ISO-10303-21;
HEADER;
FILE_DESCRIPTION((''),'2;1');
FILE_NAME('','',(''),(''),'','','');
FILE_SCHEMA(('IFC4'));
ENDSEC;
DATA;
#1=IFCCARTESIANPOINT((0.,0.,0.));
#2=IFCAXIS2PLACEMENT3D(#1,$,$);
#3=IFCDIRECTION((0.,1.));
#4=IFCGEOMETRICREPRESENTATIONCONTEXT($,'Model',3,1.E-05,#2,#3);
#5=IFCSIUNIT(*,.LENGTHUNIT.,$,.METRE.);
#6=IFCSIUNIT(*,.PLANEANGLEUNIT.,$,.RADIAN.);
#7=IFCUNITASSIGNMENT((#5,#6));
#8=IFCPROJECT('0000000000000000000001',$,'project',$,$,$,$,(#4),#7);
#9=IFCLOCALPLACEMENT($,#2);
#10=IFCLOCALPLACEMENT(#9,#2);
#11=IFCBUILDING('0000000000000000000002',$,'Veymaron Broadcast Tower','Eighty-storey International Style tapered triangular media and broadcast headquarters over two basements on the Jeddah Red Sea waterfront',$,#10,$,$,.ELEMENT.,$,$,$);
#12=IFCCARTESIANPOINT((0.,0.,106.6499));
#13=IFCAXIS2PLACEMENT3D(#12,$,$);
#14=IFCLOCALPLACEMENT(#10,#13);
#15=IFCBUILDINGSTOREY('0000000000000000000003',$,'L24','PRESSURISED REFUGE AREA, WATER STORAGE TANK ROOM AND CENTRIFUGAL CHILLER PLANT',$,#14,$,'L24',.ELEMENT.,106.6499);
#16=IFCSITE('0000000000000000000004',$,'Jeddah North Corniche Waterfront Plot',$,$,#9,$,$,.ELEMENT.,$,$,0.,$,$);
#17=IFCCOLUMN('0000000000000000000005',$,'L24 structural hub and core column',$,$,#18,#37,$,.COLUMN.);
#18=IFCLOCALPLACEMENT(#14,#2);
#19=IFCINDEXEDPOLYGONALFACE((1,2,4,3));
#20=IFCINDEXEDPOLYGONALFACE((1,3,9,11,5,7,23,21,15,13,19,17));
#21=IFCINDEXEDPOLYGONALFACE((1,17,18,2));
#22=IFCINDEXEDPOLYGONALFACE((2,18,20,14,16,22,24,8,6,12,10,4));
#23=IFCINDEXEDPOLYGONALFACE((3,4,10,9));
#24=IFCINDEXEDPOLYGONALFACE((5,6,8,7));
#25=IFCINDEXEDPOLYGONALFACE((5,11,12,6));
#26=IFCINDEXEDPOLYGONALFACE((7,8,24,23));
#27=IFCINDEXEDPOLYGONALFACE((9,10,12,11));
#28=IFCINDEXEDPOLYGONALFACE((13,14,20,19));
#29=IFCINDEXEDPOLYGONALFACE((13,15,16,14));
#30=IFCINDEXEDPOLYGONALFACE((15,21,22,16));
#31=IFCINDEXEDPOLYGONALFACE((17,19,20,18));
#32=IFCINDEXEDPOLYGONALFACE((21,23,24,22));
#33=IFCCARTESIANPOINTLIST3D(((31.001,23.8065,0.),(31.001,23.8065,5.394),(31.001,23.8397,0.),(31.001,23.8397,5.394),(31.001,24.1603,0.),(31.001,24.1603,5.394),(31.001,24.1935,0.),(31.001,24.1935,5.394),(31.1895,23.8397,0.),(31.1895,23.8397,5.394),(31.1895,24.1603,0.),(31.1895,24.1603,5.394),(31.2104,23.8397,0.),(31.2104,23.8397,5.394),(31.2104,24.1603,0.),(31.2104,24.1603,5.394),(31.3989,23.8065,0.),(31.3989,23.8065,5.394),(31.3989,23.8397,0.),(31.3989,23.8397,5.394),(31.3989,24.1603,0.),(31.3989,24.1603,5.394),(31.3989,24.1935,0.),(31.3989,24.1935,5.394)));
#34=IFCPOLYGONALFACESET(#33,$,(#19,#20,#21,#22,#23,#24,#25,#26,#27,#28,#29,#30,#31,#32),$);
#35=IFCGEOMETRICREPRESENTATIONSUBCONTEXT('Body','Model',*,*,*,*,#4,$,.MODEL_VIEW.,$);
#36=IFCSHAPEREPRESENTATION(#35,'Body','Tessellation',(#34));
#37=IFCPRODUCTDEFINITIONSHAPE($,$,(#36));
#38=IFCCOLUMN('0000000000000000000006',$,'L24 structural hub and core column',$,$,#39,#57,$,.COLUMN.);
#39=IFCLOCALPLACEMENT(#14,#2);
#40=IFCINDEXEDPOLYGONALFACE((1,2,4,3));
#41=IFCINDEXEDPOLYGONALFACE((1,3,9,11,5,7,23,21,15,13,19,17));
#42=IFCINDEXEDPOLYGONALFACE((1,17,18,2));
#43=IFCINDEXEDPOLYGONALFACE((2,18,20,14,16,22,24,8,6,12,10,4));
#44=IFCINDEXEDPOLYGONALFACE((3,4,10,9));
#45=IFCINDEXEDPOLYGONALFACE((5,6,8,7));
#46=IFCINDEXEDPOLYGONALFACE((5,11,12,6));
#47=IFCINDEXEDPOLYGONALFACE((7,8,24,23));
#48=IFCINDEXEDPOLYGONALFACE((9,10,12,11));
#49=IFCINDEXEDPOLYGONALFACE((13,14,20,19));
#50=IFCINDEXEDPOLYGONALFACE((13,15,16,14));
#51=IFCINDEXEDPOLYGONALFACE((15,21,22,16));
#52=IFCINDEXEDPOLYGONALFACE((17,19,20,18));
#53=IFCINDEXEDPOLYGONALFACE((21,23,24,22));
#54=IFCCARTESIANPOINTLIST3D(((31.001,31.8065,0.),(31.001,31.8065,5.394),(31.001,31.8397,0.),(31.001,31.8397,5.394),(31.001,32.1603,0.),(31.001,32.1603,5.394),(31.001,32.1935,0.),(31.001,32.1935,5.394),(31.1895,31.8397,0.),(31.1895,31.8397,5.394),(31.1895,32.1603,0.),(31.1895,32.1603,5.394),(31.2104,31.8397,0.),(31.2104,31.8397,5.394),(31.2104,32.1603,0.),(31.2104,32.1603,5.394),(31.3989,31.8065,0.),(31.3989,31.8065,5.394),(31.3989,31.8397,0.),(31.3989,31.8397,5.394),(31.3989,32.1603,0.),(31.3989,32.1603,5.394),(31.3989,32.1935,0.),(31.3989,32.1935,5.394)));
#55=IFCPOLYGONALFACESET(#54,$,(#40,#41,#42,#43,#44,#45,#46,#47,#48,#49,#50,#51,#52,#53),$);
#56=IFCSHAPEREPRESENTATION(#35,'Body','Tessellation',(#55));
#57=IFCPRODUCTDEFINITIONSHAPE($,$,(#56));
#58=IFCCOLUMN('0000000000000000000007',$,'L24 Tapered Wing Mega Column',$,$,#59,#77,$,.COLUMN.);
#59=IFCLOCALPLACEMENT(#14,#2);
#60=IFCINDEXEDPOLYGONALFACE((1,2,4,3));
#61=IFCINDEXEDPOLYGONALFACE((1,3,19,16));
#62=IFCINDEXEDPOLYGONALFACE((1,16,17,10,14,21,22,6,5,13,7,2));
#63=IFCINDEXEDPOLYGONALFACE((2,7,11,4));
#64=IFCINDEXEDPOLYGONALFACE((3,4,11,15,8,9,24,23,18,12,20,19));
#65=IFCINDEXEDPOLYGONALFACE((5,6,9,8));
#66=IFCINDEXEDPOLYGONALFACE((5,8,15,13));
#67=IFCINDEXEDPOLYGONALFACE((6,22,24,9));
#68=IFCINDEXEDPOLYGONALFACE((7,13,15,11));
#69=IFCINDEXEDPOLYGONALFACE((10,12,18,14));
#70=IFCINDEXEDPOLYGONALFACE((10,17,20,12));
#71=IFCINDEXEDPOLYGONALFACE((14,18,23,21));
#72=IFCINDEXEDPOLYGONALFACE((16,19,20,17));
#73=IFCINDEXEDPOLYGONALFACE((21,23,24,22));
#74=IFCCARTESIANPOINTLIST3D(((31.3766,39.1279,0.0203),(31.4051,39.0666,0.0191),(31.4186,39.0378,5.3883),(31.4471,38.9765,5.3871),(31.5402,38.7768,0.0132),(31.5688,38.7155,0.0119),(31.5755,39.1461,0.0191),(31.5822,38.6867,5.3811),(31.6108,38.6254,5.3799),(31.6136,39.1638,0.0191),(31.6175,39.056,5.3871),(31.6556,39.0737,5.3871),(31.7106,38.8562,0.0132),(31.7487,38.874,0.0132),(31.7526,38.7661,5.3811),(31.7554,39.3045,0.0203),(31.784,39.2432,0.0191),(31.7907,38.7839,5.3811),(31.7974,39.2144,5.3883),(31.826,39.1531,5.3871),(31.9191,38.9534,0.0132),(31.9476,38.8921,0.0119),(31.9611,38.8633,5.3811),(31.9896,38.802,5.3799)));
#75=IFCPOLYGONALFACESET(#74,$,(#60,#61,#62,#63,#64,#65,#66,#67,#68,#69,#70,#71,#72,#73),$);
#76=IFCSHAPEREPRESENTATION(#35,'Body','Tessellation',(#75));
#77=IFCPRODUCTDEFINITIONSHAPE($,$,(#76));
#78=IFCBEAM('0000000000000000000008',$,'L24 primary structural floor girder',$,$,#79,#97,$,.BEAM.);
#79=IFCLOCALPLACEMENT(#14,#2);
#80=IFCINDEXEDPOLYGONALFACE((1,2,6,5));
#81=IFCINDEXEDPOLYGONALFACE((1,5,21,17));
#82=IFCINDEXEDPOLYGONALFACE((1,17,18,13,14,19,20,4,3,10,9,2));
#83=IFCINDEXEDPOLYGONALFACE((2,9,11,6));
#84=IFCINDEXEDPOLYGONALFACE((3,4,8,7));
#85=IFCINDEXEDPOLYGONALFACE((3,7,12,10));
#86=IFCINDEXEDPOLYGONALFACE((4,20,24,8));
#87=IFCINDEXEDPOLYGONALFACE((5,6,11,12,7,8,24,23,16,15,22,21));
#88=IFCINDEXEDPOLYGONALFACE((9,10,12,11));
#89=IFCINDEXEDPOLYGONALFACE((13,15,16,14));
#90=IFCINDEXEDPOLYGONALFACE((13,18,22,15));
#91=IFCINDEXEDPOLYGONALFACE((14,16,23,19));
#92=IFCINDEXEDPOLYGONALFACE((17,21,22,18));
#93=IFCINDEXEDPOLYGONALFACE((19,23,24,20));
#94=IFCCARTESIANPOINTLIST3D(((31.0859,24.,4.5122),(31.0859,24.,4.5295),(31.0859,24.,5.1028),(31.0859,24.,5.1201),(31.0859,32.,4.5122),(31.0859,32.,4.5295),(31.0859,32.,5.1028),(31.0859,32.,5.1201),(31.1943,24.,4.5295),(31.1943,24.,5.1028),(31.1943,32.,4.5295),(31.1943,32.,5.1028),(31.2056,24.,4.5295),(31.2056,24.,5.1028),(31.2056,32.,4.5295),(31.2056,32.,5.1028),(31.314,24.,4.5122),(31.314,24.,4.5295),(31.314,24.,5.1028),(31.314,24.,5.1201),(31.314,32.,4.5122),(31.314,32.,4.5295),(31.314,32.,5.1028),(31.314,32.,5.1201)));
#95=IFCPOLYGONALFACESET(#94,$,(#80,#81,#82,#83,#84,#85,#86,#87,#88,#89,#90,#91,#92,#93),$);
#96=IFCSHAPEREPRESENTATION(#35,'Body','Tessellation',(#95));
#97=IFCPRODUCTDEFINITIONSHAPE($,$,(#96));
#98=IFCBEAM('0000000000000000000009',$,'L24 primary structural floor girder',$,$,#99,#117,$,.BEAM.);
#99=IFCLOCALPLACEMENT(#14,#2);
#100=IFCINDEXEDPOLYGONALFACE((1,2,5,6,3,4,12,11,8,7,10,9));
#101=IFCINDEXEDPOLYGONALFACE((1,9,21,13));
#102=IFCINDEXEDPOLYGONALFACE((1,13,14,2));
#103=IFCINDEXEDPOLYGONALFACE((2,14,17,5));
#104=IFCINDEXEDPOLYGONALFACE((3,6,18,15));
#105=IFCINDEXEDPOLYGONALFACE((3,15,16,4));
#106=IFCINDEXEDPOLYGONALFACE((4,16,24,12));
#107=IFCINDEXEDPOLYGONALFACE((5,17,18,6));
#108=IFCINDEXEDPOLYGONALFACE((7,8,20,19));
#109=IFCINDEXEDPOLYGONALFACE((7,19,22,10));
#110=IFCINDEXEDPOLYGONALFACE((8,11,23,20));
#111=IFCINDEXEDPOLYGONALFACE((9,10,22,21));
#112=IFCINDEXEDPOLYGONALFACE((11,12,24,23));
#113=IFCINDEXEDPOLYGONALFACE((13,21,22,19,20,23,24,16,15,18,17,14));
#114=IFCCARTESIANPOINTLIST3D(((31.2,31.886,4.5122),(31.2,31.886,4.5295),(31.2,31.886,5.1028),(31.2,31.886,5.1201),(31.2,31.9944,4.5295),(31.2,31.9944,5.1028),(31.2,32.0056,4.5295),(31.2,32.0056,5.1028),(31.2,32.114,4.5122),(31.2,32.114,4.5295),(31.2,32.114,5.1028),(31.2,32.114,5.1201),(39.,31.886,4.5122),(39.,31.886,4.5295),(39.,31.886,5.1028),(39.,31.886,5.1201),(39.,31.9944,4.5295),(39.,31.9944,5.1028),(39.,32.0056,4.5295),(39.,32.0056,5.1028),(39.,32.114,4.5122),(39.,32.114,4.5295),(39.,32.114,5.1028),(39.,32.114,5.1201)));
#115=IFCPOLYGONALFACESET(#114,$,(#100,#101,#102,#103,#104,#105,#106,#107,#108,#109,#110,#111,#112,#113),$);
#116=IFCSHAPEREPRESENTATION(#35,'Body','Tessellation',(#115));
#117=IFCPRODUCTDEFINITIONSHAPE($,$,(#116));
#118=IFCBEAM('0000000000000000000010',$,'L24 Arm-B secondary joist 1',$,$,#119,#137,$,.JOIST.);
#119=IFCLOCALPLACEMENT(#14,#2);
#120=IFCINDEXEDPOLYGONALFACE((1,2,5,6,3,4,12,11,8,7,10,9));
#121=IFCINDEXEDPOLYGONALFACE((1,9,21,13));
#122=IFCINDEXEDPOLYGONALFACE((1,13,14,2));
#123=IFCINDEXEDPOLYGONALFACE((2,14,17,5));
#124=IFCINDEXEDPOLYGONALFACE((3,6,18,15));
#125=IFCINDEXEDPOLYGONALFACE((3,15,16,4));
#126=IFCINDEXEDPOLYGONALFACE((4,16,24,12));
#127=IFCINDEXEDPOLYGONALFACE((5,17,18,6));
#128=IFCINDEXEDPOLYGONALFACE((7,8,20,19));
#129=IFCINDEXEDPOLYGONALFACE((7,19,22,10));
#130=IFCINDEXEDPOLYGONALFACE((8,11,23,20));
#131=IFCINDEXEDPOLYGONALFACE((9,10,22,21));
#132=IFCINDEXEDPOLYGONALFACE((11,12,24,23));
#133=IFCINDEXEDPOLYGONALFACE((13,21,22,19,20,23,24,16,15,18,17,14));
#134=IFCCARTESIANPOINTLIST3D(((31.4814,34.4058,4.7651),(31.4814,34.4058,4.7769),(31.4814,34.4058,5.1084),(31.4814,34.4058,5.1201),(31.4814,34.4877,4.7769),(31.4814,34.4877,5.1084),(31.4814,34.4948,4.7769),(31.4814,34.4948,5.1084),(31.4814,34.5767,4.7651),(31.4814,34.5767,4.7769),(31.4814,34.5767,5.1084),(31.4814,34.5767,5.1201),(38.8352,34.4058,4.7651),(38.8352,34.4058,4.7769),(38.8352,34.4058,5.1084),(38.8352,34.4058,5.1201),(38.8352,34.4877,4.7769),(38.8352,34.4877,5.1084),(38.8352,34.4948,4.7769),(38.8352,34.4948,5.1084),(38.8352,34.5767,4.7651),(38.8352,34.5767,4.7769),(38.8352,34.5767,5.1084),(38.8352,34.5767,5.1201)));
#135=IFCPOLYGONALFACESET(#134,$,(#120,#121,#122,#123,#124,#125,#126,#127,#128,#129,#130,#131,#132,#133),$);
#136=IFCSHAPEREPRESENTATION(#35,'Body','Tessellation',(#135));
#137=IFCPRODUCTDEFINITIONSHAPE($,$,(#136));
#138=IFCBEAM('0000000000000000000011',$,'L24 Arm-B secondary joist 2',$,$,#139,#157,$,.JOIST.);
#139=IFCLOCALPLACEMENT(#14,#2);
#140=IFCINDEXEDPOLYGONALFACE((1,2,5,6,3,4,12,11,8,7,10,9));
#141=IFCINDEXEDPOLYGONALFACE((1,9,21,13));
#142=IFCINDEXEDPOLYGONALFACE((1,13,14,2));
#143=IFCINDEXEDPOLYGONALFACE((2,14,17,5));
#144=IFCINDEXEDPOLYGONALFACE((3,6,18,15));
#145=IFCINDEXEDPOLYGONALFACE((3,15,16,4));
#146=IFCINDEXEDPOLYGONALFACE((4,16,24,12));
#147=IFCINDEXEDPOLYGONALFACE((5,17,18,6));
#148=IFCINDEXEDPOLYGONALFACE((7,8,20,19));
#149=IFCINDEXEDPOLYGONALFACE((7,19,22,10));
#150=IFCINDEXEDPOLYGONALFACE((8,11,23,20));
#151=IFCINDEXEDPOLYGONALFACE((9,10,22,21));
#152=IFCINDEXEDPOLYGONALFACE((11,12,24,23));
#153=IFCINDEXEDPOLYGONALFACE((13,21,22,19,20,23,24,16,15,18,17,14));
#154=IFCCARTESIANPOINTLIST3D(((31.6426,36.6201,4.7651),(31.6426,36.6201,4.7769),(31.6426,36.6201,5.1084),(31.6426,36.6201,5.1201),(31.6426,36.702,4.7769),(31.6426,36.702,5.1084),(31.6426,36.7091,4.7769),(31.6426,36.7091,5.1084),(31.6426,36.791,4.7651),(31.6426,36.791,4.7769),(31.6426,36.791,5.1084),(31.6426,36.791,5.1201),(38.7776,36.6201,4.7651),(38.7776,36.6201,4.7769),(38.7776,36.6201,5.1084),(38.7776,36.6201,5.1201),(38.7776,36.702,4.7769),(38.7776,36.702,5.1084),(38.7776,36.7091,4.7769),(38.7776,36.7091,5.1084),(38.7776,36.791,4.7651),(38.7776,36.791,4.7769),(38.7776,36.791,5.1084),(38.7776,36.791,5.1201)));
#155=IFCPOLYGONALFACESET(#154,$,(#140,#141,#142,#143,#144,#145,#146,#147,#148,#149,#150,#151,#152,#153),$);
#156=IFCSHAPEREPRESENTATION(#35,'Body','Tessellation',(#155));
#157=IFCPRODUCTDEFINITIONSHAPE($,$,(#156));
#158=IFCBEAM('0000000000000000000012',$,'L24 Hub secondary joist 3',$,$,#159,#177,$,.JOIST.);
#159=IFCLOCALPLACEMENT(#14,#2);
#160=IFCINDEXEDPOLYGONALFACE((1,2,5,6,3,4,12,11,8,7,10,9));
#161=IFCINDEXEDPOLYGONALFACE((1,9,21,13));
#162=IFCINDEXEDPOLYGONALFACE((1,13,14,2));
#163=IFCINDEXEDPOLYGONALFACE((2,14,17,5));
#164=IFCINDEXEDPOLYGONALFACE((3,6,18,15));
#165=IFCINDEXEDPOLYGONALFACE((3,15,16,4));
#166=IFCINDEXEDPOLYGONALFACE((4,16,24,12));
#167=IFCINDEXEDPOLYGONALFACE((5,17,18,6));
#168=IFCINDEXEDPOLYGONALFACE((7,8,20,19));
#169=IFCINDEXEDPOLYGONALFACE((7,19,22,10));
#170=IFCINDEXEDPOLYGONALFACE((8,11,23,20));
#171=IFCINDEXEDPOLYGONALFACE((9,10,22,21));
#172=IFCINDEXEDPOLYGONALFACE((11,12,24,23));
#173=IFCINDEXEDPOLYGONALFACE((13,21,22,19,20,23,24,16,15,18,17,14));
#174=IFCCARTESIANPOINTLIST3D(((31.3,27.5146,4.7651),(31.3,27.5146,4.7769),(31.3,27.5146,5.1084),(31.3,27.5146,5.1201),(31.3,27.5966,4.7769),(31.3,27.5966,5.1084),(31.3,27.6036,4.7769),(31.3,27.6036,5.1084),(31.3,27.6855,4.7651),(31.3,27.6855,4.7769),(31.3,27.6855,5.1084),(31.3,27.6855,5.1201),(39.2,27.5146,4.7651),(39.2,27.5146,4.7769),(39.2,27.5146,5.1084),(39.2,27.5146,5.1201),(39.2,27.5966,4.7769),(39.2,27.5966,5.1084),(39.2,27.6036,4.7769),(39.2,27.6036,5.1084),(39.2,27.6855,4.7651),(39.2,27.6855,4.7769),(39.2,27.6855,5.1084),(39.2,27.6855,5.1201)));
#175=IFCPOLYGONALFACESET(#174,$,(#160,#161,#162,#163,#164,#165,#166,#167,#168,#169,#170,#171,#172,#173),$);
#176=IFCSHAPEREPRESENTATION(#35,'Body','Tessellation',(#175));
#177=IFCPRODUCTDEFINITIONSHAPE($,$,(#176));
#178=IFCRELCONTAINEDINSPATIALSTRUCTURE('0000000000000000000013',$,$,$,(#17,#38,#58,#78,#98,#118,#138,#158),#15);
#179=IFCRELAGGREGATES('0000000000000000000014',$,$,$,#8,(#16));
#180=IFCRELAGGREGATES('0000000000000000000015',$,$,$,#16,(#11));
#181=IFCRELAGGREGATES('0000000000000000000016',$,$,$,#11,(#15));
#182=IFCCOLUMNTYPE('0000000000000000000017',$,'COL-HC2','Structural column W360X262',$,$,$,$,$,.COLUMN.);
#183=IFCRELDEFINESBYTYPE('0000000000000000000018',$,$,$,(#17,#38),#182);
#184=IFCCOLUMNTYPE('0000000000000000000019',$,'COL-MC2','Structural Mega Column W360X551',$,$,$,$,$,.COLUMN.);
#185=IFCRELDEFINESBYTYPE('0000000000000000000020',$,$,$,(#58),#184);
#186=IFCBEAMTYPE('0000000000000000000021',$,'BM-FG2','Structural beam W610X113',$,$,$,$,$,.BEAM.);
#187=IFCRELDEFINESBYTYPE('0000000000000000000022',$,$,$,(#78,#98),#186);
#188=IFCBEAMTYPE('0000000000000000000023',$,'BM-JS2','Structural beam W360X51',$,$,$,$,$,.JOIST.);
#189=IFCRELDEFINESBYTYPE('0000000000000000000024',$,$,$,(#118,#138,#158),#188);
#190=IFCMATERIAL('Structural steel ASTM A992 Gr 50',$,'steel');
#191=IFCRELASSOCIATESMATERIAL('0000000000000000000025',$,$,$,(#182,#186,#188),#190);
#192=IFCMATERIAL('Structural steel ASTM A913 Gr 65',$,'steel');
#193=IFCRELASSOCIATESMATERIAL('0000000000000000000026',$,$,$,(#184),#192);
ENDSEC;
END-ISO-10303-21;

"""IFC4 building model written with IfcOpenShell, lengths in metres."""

from ifc_helpers import new_model, si_unit, direction, frame, origin, origin_2d, place, context, subcontext, project, spatial, i_section, extrude, material, material_profile, profile_set, type_object, element, save


model = new_model("IFC4")

# Units and contexts
model_context = context("Model", 3, precision=1e-05, world=origin(), true_north=direction((0.0, 1.0)))
body_context = subcontext(model_context, "Body", "Model", "MODEL_VIEW")
ifc_project = project(units=[si_unit("LENGTHUNIT", "METRE"), si_unit("PLANEANGLEUNIT", "RADIAN")], contexts=[model_context])

# Site, building, storey
site_placement = place(None, origin())
site = spatial("IfcSite", under=ifc_project, at=site_placement, Name="Jeddah North Corniche Waterfront Plot", CompositionType="ELEMENT", RefElevation=0.0)
building_placement = place(site_placement, origin())
building = spatial("IfcBuilding", under=site, at=building_placement, Name="Veymaron Broadcast Tower", Description="Eighty-storey International Style tapered triangular media and broadcast headquarters over two basements on the Jeddah Red Sea waterfront", CompositionType="ELEMENT")
storey_placement = place(building_placement, frame((0.0, 0.0, 106.6499)))
storey = spatial("IfcBuildingStorey", under=building, at=storey_placement, Name="L24", Description="PRESSURISED REFUGE AREA, WATER STORAGE TANK ROOM AND CENTRIFUGAL CHILLER PLANT", LongName="L24", CompositionType="ELEMENT", Elevation=106.6499)

# Columns
ifc_material_1 = material(Name="Structural steel ASTM A992 Gr 50", Category="steel")
ifc_material_profile_1 = material_profile(ifc_material_1, i_section(OverallWidth=0.3979, OverallDepth=0.387, WebThickness=0.021, FlangeThickness=0.0332, at=origin_2d()), Name="W360X262")
ifc_profile_set_1 = profile_set([ifc_material_profile_1], Name="Structural steel ASTM A992 Gr 50")
column_type_1 = type_object("IfcColumnType", Name="COL-HC2", Description="Structural column W360X262", PredefinedType="COLUMN", material=ifc_profile_set_1)
for number, where, z_axis, x_axis, name in (
    (1, (31.2, 24.0, 0.0), (0.0, 0.0, 1.0), (1.0, 0.0, 0.0), "L24 structural hub and core column"),
    (2, (31.2, 32.0, 0.0), (0.0, 0.0, 1.0), (1.0, 0.0, 0.0), "L24 structural hub and core column"),
):
    element("IfcColumn", number, at=place(storey_placement, frame(where, z_axis=z_axis, x_axis=x_axis)), inside=storey, type_object=column_type_1, Name=name, PredefinedType="COLUMN", context=body_context, shape_type="SweptSolid", body=[
        extrude(i_section(OverallWidth=0.3979, OverallDepth=0.387, WebThickness=0.021, FlangeThickness=0.0332, at=origin_2d()), origin(), (0.0, 0.0, 1.0), 5.394),
    ])
ifc_material_2 = material(Name="Structural steel ASTM A913 Gr 65", Category="steel")
ifc_material_profile_2 = material_profile(ifc_material_2, i_section(OverallWidth=0.418, OverallDepth=0.4551, WebThickness=0.042, FlangeThickness=0.0676, at=origin_2d()), Name="W360X551")
ifc_profile_set_2 = profile_set([ifc_material_profile_2], Name="Structural steel ASTM A913 Gr 65")
column_type_2 = type_object("IfcColumnType", Name="COL-MC2", Description="Structural Mega Column W360X551", PredefinedType="COLUMN", material=ifc_profile_set_2)
column_placement = place(storey_placement, frame((31.6621, 39.01, 0.0161), z_axis=(0.007821, -0.01678, 0.999829), x_axis=(0.906371, 0.422482, 0.0)))
element("IfcColumn", 3, at=column_placement, inside=storey, type_object=column_type_2, Name="L24 Tapered Wing Mega Column", PredefinedType="COLUMN", context=body_context, shape_type="SweptSolid", body=[
    extrude(i_section(OverallWidth=0.418, OverallDepth=0.4551, WebThickness=0.042, FlangeThickness=0.0676, at=origin_2d()), origin(), (0.0, 0.0, 1.0), 5.3689),
])

# Beams
ifc_material_profile_3 = material_profile(ifc_material_1, i_section(OverallWidth=0.228, OverallDepth=0.6079, WebThickness=0.0112, FlangeThickness=0.0173, at=origin_2d()), Name="W610X113")
ifc_profile_set_3 = profile_set([ifc_material_profile_3], Name="Structural steel ASTM A992 Gr 50")
beam_type_1 = type_object("IfcBeamType", Name="BM-FG2", Description="Structural beam W610X113", PredefinedType="BEAM", material=ifc_profile_set_3)
beam_1_placement = place(storey_placement, frame((31.2, 24.0, 4.8162), z_axis=(0.0, 1.0, 0.0), x_axis=(-1.0, 0.0, 0.0)))
element("IfcBeam", 4, at=beam_1_placement, inside=storey, type_object=beam_type_1, Name="L24 primary structural floor girder", PredefinedType="BEAM", context=body_context, shape_type="SweptSolid", body=[
    extrude(i_section(OverallWidth=0.228, OverallDepth=0.6079, WebThickness=0.0112, FlangeThickness=0.0173, at=origin_2d()), origin(), (0.0, 0.0, 1.0), 8.0),
])
beam_2_placement = place(storey_placement, frame((31.2, 32.0, 4.8162), z_axis=(1.0, 0.0, 0.0), x_axis=(0.0, 1.0, 0.0)))
element("IfcBeam", 5, at=beam_2_placement, inside=storey, type_object=beam_type_1, Name="L24 primary structural floor girder", PredefinedType="BEAM", context=body_context, shape_type="SweptSolid", body=[
    extrude(i_section(OverallWidth=0.228, OverallDepth=0.6079, WebThickness=0.0112, FlangeThickness=0.0173, at=origin_2d()), origin(), (0.0, 0.0, 1.0), 7.8),
])
ifc_material_profile_4 = material_profile(ifc_material_1, i_section(OverallWidth=0.1709, OverallDepth=0.355, WebThickness=0.0071, FlangeThickness=0.0117, at=origin_2d()), Name="W360X51")
ifc_profile_set_4 = profile_set([ifc_material_profile_4], Name="Structural steel ASTM A992 Gr 50")
beam_type_2 = type_object("IfcBeamType", Name="BM-JS2", Description="Structural beam W360X51", PredefinedType="JOIST", material=ifc_profile_set_4)
beam_3_placement = place(storey_placement, frame((31.4814, 34.4912, 4.9426), z_axis=(1.0, 0.0, 0.0), x_axis=(0.0, 1.0, 0.0)))
element("IfcBeam", 6, at=beam_3_placement, inside=storey, type_object=beam_type_2, Name="L24 Arm-B secondary joist 1", PredefinedType="JOIST", context=body_context, shape_type="SweptSolid", body=[
    extrude(i_section(OverallWidth=0.1709, OverallDepth=0.355, WebThickness=0.0071, FlangeThickness=0.0117, at=origin_2d()), origin(), (0.0, 0.0, 1.0), 7.3538),
])
beam_4_placement = place(storey_placement, frame((31.6426, 36.7056, 4.9426), z_axis=(1.0, 0.0, 0.0), x_axis=(0.0, 1.0, 0.0)))
element("IfcBeam", 7, at=beam_4_placement, inside=storey, type_object=beam_type_2, Name="L24 Arm-B secondary joist 2", PredefinedType="JOIST", context=body_context, shape_type="SweptSolid", body=[
    extrude(i_section(OverallWidth=0.1709, OverallDepth=0.355, WebThickness=0.0071, FlangeThickness=0.0117, at=origin_2d()), origin(), (0.0, 0.0, 1.0), 7.135),
])
for number, where, z_axis, x_axis, name in (
    (8, (31.3, 27.6001, 4.9426), (1.0, 0.0, 0.0), (0.0, 1.0, 0.0), "L24 Hub secondary joist 3"),
):
    element("IfcBeam", number, at=place(storey_placement, frame(where, z_axis=z_axis, x_axis=x_axis)), inside=storey, type_object=beam_type_2, Name=name, PredefinedType="JOIST", context=body_context, shape_type="SweptSolid", body=[
        extrude(i_section(OverallWidth=0.1709, OverallDepth=0.355, WebThickness=0.0071, FlangeThickness=0.0117, at=origin_2d()), origin(), (0.0, 0.0, 1.0), 7.8999),
    ])

save(model, "model.ifc")
